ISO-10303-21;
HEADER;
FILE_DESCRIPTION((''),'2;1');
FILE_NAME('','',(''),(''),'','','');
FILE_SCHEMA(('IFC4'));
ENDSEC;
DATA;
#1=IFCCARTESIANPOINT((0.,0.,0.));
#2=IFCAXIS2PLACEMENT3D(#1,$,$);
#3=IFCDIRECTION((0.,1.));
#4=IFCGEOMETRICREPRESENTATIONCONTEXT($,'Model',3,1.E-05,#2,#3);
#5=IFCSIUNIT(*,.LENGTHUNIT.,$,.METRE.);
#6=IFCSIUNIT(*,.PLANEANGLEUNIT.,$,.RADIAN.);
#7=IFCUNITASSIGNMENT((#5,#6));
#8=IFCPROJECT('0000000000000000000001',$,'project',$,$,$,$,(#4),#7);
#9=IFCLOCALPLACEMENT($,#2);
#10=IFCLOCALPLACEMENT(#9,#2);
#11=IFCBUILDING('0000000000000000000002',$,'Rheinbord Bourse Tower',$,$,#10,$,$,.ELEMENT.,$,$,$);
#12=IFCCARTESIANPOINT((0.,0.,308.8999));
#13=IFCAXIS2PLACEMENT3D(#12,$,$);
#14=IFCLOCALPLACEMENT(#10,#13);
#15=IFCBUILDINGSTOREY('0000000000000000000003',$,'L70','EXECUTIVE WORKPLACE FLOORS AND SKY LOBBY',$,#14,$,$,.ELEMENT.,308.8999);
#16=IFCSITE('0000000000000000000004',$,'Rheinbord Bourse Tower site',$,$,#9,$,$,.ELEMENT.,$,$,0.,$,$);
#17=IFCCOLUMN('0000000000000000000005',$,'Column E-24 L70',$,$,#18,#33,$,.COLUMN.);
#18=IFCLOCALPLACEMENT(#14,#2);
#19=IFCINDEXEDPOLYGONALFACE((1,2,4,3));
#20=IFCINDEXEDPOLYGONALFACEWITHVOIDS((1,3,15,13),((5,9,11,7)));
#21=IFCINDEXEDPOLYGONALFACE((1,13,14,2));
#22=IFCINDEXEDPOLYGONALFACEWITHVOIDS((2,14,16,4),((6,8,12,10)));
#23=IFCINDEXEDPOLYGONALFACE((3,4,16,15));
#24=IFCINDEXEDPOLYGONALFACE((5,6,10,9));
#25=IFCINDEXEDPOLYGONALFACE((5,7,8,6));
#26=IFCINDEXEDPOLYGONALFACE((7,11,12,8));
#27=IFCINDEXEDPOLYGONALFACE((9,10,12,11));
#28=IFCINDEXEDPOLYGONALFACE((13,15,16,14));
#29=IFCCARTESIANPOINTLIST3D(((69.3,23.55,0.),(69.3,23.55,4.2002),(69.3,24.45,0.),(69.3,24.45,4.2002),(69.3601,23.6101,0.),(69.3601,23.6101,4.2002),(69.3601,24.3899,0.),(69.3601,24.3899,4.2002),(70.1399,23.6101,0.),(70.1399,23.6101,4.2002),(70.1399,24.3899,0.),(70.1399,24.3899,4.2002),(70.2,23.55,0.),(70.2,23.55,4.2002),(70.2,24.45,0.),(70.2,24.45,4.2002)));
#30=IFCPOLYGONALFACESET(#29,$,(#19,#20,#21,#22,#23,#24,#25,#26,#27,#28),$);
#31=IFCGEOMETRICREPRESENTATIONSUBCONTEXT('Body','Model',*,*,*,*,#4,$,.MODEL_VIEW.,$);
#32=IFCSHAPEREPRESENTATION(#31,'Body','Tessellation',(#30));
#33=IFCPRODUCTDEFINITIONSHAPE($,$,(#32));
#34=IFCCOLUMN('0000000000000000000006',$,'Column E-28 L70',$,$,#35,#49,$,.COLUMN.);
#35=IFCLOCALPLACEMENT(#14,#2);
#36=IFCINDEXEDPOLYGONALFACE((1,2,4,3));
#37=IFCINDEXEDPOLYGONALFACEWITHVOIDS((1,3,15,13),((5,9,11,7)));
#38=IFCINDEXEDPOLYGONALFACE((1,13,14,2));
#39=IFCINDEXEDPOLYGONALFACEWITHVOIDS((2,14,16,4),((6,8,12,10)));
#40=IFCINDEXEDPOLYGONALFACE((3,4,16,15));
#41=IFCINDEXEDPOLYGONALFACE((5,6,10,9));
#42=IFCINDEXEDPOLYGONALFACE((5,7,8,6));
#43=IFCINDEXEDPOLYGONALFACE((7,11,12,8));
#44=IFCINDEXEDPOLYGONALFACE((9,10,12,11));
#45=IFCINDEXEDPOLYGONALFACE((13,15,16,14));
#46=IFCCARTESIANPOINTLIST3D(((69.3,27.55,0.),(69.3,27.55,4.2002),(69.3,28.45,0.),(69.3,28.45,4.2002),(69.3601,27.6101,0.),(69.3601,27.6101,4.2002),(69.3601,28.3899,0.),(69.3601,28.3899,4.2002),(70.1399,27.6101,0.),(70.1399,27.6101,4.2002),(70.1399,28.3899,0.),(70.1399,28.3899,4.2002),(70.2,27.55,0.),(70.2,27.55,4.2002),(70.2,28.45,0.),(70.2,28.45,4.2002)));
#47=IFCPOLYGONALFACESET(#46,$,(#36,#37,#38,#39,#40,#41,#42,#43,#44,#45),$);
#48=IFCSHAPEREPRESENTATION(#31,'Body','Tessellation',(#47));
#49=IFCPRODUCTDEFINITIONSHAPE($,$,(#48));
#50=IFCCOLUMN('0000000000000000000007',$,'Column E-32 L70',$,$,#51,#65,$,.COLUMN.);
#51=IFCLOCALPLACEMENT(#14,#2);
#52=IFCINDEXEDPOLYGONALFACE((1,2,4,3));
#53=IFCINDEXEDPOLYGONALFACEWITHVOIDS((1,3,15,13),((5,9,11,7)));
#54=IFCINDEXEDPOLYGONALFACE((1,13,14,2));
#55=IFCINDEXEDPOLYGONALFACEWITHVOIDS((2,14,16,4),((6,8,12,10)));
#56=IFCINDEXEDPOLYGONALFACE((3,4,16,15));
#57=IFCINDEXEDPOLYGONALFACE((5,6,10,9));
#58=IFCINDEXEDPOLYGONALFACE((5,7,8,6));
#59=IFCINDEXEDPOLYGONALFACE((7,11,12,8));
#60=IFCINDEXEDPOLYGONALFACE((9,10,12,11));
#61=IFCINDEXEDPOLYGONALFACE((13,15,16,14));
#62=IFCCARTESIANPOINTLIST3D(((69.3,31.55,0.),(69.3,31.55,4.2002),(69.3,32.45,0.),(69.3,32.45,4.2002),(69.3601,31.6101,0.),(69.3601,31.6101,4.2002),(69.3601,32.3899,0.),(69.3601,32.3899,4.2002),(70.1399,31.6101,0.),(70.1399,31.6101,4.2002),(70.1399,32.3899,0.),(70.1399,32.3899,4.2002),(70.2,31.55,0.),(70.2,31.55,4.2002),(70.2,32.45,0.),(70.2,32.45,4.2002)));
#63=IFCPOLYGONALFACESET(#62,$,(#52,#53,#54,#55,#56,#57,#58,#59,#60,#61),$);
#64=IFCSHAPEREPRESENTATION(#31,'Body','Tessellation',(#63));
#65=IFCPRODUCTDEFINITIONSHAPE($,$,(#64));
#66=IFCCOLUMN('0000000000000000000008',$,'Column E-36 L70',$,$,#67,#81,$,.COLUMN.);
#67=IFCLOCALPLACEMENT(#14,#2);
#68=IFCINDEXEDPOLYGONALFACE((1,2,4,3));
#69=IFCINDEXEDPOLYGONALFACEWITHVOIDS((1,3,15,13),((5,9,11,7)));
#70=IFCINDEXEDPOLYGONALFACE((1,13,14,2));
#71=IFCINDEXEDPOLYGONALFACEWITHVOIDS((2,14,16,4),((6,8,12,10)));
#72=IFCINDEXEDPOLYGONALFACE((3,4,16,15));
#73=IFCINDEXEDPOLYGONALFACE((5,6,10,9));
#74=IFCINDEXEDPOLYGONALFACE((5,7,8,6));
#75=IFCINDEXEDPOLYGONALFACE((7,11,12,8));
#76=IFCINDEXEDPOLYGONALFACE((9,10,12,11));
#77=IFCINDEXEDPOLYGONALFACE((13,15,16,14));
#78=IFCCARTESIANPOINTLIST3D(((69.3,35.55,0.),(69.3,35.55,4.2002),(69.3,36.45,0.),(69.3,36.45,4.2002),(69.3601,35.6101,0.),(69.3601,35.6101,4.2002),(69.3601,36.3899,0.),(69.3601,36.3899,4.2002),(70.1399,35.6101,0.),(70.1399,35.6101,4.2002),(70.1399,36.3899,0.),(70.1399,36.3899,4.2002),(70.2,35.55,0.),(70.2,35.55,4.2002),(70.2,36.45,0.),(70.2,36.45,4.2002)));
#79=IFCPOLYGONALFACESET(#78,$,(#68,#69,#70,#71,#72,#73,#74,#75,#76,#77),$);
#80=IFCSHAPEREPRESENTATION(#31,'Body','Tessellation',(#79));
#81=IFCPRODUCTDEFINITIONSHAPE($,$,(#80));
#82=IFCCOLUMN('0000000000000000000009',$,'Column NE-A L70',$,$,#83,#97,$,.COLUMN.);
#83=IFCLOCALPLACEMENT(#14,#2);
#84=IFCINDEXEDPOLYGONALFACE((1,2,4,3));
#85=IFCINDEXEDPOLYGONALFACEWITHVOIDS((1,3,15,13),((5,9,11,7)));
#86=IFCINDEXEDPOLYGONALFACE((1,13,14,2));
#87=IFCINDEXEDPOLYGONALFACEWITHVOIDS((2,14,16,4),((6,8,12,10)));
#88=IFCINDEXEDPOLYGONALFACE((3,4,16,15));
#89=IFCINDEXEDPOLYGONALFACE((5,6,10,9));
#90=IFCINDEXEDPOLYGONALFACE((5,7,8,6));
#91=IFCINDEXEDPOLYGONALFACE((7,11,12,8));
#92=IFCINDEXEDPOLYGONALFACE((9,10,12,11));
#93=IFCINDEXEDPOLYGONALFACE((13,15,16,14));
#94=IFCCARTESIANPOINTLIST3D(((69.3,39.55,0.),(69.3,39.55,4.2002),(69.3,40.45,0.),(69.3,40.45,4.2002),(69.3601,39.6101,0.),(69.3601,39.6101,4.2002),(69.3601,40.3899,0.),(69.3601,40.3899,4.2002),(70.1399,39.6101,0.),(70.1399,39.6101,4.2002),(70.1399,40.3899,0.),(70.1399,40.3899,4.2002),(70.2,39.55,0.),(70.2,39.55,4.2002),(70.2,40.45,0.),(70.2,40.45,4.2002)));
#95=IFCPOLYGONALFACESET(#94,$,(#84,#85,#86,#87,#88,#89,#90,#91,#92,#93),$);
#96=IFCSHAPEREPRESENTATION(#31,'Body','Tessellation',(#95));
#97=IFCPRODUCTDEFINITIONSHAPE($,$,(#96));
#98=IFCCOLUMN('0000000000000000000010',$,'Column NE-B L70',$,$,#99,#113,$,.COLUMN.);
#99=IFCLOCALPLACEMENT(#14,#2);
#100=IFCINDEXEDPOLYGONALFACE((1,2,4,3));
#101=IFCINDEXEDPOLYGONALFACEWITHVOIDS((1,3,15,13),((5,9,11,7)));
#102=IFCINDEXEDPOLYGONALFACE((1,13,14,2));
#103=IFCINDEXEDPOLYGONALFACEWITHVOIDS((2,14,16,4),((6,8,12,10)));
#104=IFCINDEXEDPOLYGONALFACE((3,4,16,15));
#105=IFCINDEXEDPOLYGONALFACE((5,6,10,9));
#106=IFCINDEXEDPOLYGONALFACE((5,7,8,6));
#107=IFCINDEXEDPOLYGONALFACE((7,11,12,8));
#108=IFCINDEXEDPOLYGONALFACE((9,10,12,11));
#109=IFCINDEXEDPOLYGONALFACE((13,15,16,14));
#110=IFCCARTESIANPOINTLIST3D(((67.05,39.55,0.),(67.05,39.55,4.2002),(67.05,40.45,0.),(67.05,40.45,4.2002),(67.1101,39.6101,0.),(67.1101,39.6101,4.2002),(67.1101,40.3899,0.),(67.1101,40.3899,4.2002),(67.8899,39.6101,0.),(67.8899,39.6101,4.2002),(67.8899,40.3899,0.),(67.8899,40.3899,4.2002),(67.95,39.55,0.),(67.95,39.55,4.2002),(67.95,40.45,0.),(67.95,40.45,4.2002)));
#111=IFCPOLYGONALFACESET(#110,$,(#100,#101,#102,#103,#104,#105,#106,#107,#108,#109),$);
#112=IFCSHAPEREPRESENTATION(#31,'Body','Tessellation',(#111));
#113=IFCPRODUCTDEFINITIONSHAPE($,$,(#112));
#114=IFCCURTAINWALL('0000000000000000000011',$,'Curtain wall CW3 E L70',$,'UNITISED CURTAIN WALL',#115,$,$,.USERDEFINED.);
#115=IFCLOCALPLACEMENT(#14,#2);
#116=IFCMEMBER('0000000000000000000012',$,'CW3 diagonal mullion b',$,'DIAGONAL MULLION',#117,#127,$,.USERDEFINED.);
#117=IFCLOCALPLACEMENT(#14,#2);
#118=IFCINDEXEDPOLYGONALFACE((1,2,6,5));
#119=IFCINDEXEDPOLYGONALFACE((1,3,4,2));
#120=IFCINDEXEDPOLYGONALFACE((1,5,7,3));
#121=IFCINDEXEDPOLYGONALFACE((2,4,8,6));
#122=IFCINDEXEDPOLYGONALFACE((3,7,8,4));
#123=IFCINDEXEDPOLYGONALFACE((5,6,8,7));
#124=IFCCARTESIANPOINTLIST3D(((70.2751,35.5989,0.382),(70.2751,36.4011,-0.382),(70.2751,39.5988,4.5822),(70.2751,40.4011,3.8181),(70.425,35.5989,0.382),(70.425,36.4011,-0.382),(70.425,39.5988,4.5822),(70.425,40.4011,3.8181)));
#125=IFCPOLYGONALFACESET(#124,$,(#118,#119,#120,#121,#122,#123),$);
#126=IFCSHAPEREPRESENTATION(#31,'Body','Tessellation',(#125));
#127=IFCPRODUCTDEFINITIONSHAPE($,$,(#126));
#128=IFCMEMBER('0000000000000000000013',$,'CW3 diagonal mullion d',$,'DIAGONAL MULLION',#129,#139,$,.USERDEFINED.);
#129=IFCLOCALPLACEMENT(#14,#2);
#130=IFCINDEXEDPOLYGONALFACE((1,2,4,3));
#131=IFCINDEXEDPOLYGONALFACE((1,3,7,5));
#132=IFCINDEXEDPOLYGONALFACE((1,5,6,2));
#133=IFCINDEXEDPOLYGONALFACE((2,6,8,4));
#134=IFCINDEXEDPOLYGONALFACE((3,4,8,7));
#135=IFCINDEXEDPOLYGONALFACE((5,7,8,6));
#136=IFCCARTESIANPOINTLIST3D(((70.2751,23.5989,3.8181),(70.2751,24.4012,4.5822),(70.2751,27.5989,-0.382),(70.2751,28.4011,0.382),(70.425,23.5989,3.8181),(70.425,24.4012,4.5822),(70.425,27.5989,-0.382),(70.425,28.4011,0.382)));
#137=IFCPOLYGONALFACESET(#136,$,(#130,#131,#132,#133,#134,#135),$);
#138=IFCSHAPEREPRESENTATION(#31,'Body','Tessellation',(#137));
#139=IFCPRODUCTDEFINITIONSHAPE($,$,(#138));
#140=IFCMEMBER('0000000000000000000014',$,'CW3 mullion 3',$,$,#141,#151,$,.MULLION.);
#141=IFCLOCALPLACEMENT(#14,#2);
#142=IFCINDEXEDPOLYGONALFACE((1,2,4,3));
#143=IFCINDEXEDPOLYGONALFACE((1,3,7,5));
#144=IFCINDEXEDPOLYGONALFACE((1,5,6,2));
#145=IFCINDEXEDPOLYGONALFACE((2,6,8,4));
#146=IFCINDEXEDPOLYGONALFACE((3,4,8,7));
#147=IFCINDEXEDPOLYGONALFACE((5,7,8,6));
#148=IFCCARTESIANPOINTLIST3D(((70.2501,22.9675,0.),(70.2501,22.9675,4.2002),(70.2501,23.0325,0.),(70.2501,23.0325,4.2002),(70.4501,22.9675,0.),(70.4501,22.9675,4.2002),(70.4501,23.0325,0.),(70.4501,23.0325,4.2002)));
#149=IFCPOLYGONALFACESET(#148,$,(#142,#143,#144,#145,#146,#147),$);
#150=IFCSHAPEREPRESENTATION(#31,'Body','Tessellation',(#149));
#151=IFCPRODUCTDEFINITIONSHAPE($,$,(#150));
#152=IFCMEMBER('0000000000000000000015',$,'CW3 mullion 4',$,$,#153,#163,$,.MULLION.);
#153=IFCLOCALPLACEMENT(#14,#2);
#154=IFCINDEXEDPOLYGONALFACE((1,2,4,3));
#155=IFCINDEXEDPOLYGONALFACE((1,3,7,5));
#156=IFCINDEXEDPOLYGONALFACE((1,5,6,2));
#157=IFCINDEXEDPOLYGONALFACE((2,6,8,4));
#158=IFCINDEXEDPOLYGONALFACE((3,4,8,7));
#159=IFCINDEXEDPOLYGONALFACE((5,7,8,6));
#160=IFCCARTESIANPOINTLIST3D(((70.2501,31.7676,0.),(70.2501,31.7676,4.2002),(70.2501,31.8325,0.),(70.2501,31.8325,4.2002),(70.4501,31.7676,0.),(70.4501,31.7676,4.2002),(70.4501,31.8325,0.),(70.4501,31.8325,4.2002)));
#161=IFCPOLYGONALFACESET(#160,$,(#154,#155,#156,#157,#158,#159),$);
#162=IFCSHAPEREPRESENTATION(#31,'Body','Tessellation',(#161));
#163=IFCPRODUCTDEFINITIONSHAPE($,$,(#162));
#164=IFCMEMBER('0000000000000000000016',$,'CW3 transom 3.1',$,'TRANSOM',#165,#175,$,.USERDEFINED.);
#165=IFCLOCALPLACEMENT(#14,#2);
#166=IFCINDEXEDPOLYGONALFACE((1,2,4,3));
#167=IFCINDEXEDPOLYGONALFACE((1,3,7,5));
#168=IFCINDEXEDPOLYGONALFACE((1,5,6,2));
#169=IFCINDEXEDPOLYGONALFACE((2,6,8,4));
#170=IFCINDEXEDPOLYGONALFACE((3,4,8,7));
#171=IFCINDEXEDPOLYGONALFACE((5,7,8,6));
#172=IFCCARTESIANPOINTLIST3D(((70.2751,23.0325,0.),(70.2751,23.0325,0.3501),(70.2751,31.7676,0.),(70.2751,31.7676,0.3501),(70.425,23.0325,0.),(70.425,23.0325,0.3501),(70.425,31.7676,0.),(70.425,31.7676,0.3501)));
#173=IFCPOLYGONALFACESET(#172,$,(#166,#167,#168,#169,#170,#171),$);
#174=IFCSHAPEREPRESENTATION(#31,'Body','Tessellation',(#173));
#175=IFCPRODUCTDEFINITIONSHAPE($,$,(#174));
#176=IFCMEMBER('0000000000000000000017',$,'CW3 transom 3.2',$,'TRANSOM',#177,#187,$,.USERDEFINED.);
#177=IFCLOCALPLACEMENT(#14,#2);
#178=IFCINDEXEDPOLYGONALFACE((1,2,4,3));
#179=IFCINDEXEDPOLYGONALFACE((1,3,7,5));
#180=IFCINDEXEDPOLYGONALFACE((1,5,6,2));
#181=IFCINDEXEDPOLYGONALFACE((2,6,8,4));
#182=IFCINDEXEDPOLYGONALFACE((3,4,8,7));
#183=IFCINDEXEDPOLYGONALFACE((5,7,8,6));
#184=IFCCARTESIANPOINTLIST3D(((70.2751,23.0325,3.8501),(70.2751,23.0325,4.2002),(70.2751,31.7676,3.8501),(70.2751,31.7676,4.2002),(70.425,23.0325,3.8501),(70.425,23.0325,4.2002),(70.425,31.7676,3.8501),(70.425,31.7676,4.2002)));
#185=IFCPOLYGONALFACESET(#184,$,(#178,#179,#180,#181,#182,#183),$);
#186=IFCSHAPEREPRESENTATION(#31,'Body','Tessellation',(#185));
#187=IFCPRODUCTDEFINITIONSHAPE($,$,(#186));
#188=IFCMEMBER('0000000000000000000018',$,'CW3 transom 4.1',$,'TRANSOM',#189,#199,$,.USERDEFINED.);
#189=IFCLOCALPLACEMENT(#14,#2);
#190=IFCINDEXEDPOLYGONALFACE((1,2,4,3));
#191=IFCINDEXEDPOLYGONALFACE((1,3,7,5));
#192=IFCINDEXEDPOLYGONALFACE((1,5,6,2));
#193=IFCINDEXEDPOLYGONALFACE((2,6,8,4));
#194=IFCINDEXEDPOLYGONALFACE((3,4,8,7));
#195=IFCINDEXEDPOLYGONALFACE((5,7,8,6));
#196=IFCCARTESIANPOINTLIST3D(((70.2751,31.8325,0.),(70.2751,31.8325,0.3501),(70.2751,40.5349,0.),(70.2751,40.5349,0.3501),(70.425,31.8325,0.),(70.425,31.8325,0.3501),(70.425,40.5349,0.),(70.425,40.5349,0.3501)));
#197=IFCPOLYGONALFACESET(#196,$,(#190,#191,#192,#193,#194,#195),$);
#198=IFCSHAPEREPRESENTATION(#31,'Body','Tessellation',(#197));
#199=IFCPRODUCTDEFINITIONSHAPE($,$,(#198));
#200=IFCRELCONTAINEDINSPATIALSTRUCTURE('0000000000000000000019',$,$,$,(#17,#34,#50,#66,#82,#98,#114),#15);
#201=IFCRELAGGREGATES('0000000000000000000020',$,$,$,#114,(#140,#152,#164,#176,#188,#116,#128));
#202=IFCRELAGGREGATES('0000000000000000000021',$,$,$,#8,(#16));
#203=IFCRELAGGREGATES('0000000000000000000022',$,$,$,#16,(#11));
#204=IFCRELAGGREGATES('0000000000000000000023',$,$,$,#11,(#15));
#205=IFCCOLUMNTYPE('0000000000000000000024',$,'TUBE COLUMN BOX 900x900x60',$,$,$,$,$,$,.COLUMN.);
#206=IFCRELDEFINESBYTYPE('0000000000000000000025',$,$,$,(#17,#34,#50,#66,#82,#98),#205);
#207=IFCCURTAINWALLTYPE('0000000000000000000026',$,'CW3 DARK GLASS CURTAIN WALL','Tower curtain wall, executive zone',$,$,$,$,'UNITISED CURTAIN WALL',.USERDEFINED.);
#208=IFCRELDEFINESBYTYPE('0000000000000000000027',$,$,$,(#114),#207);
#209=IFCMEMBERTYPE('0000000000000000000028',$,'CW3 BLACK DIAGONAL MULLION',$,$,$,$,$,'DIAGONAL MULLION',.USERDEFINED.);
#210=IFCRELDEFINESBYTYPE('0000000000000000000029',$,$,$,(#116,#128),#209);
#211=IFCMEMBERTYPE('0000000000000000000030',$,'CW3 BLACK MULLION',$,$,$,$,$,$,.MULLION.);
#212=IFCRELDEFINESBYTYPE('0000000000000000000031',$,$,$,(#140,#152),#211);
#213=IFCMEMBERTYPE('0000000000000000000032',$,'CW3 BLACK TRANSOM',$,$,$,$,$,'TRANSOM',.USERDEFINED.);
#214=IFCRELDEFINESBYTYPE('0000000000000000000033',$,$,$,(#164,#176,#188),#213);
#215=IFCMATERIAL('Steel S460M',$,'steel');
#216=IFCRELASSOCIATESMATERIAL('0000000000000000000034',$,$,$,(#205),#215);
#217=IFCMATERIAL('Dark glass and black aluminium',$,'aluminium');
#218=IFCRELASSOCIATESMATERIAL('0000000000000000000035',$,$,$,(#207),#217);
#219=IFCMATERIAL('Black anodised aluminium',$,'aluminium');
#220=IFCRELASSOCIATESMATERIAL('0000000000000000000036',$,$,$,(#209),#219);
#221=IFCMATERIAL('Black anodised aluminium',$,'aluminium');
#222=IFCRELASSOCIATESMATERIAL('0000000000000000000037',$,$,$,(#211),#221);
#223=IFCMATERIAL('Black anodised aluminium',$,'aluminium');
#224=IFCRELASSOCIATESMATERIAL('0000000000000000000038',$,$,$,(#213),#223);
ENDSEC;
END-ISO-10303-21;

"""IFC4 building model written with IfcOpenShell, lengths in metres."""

from ifc_helpers import new_model, si_unit, direction, frame, origin, origin_2d, place, context, subcontext, project, spatial, rectangle, hollow_rectangle, extrude, material, material_profile, profile_set, type_object, element, aggregate, save


model = new_model("IFC4")

# Units and contexts
model_context = context("Model", 3, precision=1e-05, world=origin(), true_north=direction((0.0, 1.0)))
body_context = subcontext(model_context, "Body", "Model", "MODEL_VIEW")
ifc_project = project(units=[si_unit("LENGTHUNIT", "METRE"), si_unit("PLANEANGLEUNIT", "RADIAN")], contexts=[model_context])

# Site, building, storey
site_placement = place(None, origin())
site = spatial("IfcSite", under=ifc_project, at=site_placement, Name="Rheinbord Bourse Tower site", CompositionType="ELEMENT", RefElevation=0.0)
building_placement = place(site_placement, origin())
building = spatial("IfcBuilding", under=site, at=building_placement, Name="Rheinbord Bourse Tower", CompositionType="ELEMENT")
storey_placement = place(building_placement, frame((0.0, 0.0, 308.8999)))
storey = spatial("IfcBuildingStorey", under=building, at=storey_placement, Name="L70", Description="EXECUTIVE WORKPLACE FLOORS AND SKY LOBBY", CompositionType="ELEMENT", Elevation=308.8999)

# Columns
ifc_material_1 = material(Name="Steel S460M", Category="steel")
ifc_material_profile_1 = material_profile(ifc_material_1, hollow_rectangle(XDim=0.8999, YDim=0.8999, WallThickness=0.0601, at=origin_2d()), Name="BOX 900x900x60")
ifc_profile_set_1 = profile_set([ifc_material_profile_1], Name="Steel S460M")
column_type = type_object("IfcColumnType", Name="TUBE COLUMN BOX 900x900x60", PredefinedType="COLUMN", material=ifc_profile_set_1)
for number, where, z_axis, x_axis, name in (
    (1, (69.75, 24.0, 0.0), (0.0, 0.0, 1.0), (1.0, 0.0, 0.0), "Column E-24 L70"),
    (2, (69.75, 28.0, 0.0), (0.0, 0.0, 1.0), (1.0, 0.0, 0.0), "Column E-28 L70"),
    (3, (69.75, 32.0, 0.0), (0.0, 0.0, 1.0), (1.0, 0.0, 0.0), "Column E-32 L70"),
    (4, (69.75, 36.0, 0.0), (0.0, 0.0, 1.0), (1.0, 0.0, 0.0), "Column E-36 L70"),
    (5, (69.75, 40.0, 0.0), (0.0, 0.0, 1.0), (1.0, 0.0, 0.0), "Column NE-A L70"),
    (6, (67.5, 40.0, 0.0), (0.0, 0.0, 1.0), (1.0, 0.0, 0.0), "Column NE-B L70"),
):
    element("IfcColumn", number, at=place(storey_placement, frame(where, z_axis=z_axis, x_axis=x_axis)), inside=storey, type_object=column_type, Name=name, PredefinedType="COLUMN", context=body_context, shape_type="SweptSolid", body=[
        extrude(hollow_rectangle(XDim=0.8999, YDim=0.8999, WallThickness=0.0601, at=origin_2d()), origin(), (0.0, 0.0, 1.0), 4.2002),
    ])

# Curtain wall, members
ifc_material_2 = material(Name="Dark glass and black aluminium", Category="aluminium")
curtain_wall_type = type_object("IfcCurtainWallType", Name="CW3 DARK GLASS CURTAIN WALL", Description="Tower curtain wall, executive zone", ElementType="UNITISED CURTAIN WALL", PredefinedType="USERDEFINED", material=ifc_material_2)
curtain_wall_placement = place(storey_placement, origin())
curtain_wall = element("IfcCurtainWall", 7, at=curtain_wall_placement, inside=storey, type_object=curtain_wall_type, Name="Curtain wall CW3 E L70", ObjectType="UNITISED CURTAIN WALL", PredefinedType="USERDEFINED")
ifc_material_3 = material(Name="Black anodised aluminium", Category="aluminium")
ifc_material_profile_2 = material_profile(ifc_material_3, rectangle(XDim=0.1499, YDim=1.1079, at=origin_2d()), Name="CW3 DIAGONAL MULLION 1108x150")
ifc_profile_set_2 = profile_set([ifc_material_profile_2], Name="Black anodised aluminium")
member_type_1 = type_object("IfcMemberType", Name="CW3 BLACK DIAGONAL MULLION", ElementType="DIAGONAL MULLION", PredefinedType="USERDEFINED", material=ifc_profile_set_2)
member_1_placement = place(storey_placement, frame((70.3501, 36.0, 0.0), z_axis=(0.0, 0.689638, 0.724154), x_axis=(-1.0, 0.0, 0.0)))
member_1 = element("IfcMember", 8, at=member_1_placement, type_object=member_type_1, Name="CW3 diagonal mullion b", ObjectType="DIAGONAL MULLION", PredefinedType="USERDEFINED", context=body_context, shape_type="SweptSolid", body=[
    extrude(rectangle(XDim=0.1499, YDim=1.1079, at=origin_2d()), origin(), (0.0, 0.0, 1.0), 5.8),
])
member_2_placement = place(storey_placement, frame((70.3501, 28.0, 0.0), z_axis=(0.0, -0.689638, 0.724154), x_axis=(1.0, 0.0, 0.0)))
member_2 = element("IfcMember", 9, at=member_2_placement, type_object=member_type_1, Name="CW3 diagonal mullion d", ObjectType="DIAGONAL MULLION", PredefinedType="USERDEFINED", context=body_context, shape_type="SweptSolid", body=[
    extrude(rectangle(XDim=0.1499, YDim=1.1079, at=origin_2d()), origin(), (0.0, 0.0, 1.0), 5.8),
])
ifc_material_4 = material(Name="Black anodised aluminium", Category="aluminium")
ifc_material_profile_3 = material_profile(ifc_material_4, rectangle(XDim=0.2, YDim=0.0649, at=origin_2d()), Name="CW3 MULLION 65x200")
ifc_profile_set_3 = profile_set([ifc_material_profile_3], Name="Black anodised aluminium")
member_type_2 = type_object("IfcMemberType", Name="CW3 BLACK MULLION", PredefinedType="MULLION", material=ifc_profile_set_3)
member_3_placement = place(storey_placement, frame((70.3501, 23.0, 0.0), z_axis=(0.0, 0.0, 1.0), x_axis=(-1.0, 0.0, 0.0)))
member_3 = element("IfcMember", 10, at=member_3_placement, type_object=member_type_2, Name="CW3 mullion 3", PredefinedType="MULLION", context=body_context, shape_type="SweptSolid", body=[
    extrude(rectangle(XDim=0.2, YDim=0.0649, at=origin_2d()), origin(), (0.0, 0.0, 1.0), 4.2002),
])
member_4_placement = place(storey_placement, frame((70.3501, 31.8, 0.0), z_axis=(0.0, 0.0, 1.0), x_axis=(-1.0, 0.0, 0.0)))
member_4 = element("IfcMember", 11, at=member_4_placement, type_object=member_type_2, Name="CW3 mullion 4", PredefinedType="MULLION", context=body_context, shape_type="SweptSolid", body=[
    extrude(rectangle(XDim=0.2, YDim=0.0649, at=origin_2d()), origin(), (0.0, 0.0, 1.0), 4.2002),
])
ifc_material_5 = material(Name="Black anodised aluminium", Category="aluminium")
ifc_material_profile_4 = material_profile(ifc_material_5, rectangle(XDim=0.1499, YDim=0.3501, at=origin_2d()), Name="CW3 TRANSOM 350x150")
ifc_profile_set_4 = profile_set([ifc_material_profile_4], Name="Black anodised aluminium")
member_type_3 = type_object("IfcMemberType", Name="CW3 BLACK TRANSOM", ElementType="TRANSOM", PredefinedType="USERDEFINED", material=ifc_profile_set_4)
member_5_placement = place(storey_placement, frame((70.3501, 23.0325, 0.175), z_axis=(0.0, 1.0, 0.0), x_axis=(-1.0, 0.0, 0.0)))
member_5 = element("IfcMember", 12, at=member_5_placement, type_object=member_type_3, Name="CW3 transom 3.1", ObjectType="TRANSOM", PredefinedType="USERDEFINED", context=body_context, shape_type="SweptSolid", body=[
    extrude(rectangle(XDim=0.1499, YDim=0.3501, at=origin_2d()), origin(), (0.0, 0.0, 1.0), 8.7351),
])
member_6_placement = place(storey_placement, frame((70.3501, 23.0325, 4.0251), z_axis=(0.0, 1.0, 0.0), x_axis=(-1.0, 0.0, 0.0)))
member_6 = element("IfcMember", 13, at=member_6_placement, type_object=member_type_3, Name="CW3 transom 3.2", ObjectType="TRANSOM", PredefinedType="USERDEFINED", context=body_context, shape_type="SweptSolid", body=[
    extrude(rectangle(XDim=0.1499, YDim=0.3501, at=origin_2d()), origin(), (0.0, 0.0, 1.0), 8.7351),
])
member_7_placement = place(storey_placement, frame((70.3501, 31.8325, 0.175), z_axis=(0.0, 1.0, 0.0), x_axis=(-1.0, 0.0, 0.0)))
member_7 = element("IfcMember", 14, at=member_7_placement, type_object=member_type_3, Name="CW3 transom 4.1", ObjectType="TRANSOM", PredefinedType="USERDEFINED", context=body_context, shape_type="SweptSolid", body=[
    extrude(rectangle(XDim=0.1499, YDim=0.3501, at=origin_2d()), origin(), (0.0, 0.0, 1.0), 8.7024),
])

aggregate(curtain_wall, [member_3, member_4, member_5, member_6, member_7, member_1, member_2])

save(model, "model.ifc")
